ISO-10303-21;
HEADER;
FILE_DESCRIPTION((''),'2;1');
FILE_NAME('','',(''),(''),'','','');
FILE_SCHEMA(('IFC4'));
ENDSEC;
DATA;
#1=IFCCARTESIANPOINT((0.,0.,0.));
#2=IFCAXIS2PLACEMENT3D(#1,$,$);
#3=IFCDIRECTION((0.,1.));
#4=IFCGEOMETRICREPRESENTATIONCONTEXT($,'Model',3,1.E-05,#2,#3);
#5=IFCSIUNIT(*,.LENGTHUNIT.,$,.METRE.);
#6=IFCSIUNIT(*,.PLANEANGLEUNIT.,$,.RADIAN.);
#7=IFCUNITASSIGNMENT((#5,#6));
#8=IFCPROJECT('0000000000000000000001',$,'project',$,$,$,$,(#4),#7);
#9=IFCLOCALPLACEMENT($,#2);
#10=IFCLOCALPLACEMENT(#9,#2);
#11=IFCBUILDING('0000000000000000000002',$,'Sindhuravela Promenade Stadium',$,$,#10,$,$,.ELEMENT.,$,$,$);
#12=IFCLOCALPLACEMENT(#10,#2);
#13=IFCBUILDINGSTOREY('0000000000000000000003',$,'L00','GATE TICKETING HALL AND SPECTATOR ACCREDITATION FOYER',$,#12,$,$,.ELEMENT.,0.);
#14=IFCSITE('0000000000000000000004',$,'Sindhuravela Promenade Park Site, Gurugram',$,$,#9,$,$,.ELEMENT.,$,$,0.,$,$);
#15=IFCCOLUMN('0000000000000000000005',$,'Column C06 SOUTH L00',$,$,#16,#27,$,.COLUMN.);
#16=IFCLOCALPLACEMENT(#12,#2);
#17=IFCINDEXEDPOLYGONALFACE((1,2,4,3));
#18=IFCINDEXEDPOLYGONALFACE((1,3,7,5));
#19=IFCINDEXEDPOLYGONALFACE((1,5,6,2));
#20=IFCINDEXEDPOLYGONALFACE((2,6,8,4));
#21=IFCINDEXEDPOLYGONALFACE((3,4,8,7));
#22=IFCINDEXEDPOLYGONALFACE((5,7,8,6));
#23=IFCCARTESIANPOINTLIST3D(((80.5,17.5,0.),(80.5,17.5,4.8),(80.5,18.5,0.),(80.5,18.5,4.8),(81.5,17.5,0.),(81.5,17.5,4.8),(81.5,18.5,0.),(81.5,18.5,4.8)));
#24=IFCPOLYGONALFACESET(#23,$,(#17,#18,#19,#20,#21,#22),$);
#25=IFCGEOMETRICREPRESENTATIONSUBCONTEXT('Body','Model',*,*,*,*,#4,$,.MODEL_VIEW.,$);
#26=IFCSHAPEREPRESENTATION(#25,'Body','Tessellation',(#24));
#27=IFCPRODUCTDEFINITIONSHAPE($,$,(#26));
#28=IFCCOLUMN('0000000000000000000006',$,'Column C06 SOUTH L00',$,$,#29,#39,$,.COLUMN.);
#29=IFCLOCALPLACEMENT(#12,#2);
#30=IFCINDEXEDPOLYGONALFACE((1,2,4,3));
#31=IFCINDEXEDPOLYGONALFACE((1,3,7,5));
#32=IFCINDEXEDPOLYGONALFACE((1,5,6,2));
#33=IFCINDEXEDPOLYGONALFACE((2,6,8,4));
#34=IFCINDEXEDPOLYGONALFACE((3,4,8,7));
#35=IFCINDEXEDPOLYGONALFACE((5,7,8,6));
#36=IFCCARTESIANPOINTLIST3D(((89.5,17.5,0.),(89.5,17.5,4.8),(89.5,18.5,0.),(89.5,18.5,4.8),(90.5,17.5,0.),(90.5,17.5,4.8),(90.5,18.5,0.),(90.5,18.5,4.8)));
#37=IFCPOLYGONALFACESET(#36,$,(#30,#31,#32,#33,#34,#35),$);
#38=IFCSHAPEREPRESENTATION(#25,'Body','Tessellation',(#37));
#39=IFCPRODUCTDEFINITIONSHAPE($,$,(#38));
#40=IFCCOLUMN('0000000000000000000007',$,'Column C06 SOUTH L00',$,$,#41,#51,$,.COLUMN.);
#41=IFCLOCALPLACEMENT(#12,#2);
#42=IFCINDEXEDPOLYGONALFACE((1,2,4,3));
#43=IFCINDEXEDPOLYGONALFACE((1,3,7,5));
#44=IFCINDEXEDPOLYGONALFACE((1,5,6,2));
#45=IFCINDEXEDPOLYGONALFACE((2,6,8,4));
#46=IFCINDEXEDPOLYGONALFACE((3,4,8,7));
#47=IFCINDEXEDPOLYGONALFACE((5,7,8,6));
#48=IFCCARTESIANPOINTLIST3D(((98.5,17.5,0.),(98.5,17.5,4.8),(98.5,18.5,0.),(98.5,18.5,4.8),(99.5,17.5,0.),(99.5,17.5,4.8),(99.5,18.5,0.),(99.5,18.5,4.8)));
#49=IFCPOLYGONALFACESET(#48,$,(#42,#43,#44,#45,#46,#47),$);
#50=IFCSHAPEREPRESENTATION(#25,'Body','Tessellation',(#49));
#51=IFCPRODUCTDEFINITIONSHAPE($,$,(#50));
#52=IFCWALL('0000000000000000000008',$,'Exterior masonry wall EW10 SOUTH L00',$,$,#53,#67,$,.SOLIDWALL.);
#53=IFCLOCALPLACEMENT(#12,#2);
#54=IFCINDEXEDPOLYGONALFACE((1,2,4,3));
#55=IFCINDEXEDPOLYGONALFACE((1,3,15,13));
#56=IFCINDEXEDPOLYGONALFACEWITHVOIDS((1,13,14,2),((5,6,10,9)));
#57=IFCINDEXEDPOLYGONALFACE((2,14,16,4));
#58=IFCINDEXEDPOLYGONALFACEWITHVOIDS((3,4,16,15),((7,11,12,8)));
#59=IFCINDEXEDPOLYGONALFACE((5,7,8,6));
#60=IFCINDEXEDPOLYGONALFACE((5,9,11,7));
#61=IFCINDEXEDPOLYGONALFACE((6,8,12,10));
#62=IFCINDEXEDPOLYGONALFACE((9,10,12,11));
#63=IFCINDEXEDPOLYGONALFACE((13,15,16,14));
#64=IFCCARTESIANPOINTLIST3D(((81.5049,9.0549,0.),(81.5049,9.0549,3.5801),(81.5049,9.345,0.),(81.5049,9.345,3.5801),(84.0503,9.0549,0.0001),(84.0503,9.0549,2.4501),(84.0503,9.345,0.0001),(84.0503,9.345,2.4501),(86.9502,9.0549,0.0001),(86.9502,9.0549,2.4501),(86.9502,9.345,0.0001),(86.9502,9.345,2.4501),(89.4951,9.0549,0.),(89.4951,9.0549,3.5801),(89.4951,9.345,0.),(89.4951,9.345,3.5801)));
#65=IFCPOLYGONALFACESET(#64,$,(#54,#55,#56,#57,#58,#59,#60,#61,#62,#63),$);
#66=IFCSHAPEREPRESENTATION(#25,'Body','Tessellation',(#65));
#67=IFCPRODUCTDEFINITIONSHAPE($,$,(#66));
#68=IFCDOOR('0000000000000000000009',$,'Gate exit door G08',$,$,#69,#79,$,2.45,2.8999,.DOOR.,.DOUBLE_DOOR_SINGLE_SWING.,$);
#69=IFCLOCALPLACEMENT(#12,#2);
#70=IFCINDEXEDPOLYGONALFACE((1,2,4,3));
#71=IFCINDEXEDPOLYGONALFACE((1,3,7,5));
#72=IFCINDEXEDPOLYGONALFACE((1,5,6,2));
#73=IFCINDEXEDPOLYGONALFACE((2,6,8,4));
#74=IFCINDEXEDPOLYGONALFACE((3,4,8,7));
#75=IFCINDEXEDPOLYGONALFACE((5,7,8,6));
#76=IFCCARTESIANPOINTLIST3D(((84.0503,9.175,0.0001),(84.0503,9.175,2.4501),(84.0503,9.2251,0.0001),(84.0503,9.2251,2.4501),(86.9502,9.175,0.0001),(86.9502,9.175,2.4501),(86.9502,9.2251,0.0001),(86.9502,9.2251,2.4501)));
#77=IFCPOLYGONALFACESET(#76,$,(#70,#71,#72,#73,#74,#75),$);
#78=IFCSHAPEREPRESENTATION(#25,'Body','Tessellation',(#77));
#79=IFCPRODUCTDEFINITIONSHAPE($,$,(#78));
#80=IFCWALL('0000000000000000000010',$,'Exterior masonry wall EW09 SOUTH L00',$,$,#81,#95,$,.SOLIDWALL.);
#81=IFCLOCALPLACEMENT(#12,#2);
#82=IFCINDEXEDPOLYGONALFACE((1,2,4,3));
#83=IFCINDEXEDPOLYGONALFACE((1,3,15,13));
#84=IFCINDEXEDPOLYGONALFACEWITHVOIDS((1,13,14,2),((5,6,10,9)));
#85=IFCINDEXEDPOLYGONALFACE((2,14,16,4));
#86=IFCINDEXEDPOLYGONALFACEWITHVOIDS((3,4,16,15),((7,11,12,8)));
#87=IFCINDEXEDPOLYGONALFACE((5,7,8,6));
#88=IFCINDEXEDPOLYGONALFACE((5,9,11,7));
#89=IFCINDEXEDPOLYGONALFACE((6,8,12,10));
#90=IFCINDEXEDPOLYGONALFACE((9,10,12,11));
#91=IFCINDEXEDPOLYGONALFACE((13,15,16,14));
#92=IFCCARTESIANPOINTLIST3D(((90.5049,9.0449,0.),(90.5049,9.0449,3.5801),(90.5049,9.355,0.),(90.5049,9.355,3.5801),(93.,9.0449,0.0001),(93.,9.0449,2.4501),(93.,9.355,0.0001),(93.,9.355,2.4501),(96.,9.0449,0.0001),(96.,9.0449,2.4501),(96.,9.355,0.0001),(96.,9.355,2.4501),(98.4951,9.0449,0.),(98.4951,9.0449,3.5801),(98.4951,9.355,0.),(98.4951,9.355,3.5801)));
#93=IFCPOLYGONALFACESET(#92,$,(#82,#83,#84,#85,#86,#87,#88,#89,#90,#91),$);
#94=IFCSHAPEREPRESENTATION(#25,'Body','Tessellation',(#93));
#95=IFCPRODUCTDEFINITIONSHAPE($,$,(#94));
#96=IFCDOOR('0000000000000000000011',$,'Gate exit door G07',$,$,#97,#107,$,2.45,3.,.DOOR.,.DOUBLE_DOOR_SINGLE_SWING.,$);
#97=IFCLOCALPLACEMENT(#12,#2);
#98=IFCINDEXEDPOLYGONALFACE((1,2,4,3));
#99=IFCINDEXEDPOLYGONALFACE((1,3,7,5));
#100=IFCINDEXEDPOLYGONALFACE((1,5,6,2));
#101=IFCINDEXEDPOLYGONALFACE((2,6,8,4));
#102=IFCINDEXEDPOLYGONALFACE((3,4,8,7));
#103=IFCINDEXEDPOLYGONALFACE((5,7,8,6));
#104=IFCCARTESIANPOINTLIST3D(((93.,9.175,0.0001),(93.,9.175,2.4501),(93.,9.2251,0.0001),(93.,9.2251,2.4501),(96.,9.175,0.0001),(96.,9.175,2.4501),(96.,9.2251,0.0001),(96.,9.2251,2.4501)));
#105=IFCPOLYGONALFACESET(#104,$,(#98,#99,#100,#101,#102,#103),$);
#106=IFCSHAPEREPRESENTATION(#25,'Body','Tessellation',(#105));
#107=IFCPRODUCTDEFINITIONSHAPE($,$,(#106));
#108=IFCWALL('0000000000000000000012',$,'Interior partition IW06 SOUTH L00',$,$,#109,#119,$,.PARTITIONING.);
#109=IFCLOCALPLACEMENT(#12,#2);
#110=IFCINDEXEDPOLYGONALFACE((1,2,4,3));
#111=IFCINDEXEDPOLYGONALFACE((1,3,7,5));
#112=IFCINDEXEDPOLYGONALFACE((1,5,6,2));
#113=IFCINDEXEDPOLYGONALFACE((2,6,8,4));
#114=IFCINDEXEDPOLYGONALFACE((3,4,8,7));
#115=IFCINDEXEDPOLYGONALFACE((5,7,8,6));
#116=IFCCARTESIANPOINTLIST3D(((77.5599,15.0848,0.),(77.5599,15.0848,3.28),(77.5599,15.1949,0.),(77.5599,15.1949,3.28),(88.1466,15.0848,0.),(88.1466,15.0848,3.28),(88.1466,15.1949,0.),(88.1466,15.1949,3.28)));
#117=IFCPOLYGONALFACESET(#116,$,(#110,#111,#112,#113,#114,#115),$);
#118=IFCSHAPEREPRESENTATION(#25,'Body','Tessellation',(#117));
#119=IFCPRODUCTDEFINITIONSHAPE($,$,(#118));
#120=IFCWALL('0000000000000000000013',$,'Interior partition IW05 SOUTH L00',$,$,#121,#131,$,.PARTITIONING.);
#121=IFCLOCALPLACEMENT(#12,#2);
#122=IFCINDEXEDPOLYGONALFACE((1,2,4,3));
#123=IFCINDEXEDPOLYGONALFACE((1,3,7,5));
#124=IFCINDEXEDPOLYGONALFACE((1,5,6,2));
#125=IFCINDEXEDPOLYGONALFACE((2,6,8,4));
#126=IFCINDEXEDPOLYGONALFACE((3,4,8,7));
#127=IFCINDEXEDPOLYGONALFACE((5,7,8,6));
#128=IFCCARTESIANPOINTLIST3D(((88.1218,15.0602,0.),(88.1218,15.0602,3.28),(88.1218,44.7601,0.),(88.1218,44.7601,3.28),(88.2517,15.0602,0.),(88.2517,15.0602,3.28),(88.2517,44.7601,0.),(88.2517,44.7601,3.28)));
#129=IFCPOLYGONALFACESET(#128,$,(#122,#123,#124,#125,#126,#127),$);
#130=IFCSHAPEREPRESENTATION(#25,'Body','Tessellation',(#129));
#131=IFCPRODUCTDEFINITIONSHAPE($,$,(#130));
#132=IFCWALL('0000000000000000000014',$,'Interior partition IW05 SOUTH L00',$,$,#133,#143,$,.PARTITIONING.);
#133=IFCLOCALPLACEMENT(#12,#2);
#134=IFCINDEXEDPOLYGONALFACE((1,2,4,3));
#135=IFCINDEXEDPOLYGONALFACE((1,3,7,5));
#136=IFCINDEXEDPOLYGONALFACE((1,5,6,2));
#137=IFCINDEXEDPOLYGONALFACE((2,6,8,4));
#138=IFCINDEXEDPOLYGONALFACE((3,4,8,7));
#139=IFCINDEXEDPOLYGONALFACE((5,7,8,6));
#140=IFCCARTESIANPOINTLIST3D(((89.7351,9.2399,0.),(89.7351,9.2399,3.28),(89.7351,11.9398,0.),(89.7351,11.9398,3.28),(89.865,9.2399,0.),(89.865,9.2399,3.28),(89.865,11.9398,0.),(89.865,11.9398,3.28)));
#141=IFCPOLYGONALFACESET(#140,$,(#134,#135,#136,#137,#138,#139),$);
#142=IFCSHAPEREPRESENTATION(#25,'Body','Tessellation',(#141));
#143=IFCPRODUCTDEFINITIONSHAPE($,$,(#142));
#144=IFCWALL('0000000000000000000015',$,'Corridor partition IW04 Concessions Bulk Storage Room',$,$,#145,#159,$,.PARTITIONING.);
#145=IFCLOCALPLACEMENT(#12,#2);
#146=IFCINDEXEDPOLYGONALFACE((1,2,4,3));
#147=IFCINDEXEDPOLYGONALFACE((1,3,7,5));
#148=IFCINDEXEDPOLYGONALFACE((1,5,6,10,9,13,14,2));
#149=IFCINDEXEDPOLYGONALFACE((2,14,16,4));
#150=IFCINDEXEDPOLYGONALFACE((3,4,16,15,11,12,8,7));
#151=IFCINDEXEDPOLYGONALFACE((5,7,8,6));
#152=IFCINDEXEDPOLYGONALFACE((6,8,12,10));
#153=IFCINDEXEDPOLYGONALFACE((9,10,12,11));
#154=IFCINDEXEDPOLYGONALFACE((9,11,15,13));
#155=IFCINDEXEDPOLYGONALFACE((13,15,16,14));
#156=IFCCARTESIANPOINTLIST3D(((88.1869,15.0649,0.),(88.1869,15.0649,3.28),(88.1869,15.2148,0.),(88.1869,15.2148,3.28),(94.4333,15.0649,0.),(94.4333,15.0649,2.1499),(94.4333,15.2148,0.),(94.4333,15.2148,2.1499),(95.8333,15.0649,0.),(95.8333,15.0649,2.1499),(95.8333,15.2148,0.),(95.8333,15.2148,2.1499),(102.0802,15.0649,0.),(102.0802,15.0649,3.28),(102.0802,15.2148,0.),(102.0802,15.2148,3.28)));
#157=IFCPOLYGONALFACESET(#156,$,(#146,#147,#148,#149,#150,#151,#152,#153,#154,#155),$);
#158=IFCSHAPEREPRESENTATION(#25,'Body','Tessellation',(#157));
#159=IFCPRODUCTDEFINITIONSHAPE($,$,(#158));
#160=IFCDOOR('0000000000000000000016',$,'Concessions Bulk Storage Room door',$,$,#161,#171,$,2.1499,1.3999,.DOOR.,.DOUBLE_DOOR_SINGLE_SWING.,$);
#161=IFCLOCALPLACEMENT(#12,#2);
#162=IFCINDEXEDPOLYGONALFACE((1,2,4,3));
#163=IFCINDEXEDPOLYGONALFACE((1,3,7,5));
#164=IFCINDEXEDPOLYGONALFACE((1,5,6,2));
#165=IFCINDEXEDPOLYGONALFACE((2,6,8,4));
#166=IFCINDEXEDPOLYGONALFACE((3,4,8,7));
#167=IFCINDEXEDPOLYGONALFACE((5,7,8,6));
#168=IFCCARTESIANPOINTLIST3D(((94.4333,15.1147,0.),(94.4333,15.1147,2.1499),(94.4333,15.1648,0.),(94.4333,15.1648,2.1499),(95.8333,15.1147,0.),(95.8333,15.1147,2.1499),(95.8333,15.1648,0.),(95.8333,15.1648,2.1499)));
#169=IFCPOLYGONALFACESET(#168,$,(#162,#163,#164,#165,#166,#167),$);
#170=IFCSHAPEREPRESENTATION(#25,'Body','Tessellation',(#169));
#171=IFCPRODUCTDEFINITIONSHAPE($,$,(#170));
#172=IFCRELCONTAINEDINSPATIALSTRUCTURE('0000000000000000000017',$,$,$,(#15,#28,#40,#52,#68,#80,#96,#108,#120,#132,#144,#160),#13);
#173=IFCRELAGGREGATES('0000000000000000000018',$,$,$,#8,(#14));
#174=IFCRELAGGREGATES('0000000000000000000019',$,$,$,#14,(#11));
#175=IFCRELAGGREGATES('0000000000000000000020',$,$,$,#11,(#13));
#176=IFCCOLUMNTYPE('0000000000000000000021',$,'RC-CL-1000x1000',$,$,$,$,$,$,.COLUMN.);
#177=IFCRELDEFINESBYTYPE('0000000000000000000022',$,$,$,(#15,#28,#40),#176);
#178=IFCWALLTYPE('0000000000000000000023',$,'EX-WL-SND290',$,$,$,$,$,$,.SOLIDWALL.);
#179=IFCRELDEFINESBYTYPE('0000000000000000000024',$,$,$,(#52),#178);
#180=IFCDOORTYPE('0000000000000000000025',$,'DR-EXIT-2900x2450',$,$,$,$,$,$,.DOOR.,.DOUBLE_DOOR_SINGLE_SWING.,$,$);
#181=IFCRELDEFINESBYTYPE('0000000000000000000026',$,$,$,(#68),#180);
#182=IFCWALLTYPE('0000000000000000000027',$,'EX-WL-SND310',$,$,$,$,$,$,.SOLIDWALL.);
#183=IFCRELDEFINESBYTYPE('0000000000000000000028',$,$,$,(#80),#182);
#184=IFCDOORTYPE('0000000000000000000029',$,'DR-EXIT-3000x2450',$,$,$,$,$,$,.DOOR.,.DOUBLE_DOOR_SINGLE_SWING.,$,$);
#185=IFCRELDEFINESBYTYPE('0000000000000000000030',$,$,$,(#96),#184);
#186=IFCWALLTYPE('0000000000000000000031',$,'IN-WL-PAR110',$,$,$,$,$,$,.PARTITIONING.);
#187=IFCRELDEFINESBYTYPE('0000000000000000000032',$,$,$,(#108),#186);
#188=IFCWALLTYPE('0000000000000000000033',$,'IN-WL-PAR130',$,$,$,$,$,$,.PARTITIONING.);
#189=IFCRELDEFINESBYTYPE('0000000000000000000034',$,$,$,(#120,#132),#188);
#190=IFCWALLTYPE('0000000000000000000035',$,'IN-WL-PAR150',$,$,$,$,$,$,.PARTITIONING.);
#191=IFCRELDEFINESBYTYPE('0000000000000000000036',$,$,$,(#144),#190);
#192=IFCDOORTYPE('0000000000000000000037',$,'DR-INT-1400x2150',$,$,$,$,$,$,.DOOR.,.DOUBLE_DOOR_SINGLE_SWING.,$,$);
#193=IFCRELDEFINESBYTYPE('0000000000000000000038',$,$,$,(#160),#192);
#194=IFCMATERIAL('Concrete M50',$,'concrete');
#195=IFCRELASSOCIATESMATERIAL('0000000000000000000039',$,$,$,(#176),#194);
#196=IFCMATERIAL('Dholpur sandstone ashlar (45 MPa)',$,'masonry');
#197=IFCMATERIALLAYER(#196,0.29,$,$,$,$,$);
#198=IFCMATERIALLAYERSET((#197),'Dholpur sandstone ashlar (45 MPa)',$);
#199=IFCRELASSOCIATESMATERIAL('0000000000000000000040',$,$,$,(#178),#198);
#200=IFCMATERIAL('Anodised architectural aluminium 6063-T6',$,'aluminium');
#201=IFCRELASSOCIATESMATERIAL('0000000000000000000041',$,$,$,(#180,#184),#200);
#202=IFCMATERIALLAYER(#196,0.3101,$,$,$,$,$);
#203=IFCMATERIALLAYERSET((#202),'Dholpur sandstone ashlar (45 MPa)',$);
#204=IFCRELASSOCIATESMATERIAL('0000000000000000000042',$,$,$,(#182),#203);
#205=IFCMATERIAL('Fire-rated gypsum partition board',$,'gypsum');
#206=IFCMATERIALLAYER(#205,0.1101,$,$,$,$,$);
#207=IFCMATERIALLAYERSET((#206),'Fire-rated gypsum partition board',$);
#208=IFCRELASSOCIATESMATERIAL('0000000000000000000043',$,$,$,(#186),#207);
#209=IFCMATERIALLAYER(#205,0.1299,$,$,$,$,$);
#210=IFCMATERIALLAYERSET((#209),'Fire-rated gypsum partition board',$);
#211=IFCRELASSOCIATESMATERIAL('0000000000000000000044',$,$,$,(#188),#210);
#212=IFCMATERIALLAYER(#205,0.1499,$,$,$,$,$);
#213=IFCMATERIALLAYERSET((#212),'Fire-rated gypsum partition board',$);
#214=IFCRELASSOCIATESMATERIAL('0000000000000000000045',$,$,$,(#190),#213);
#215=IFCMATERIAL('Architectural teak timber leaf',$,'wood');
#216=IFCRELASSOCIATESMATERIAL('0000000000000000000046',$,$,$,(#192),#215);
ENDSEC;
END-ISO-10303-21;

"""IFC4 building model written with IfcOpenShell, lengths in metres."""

from ifc_helpers import new_model, si_unit, direction, frame, frame_2d, origin, origin_2d, place, context, subcontext, project, spatial, rectangle, extrude, material, layer, layer_set, material_profile, profile_set, type_object, element, fill, save


model = new_model("IFC4")

# Units and contexts
model_context = context("Model", 3, precision=1e-05, world=origin(), true_north=direction((0.0, 1.0)))
body_context = subcontext(model_context, "Body", "Model", "MODEL_VIEW")
ifc_project = project(units=[si_unit("LENGTHUNIT", "METRE"), si_unit("PLANEANGLEUNIT", "RADIAN")], contexts=[model_context])

# Site, building, storey
site_placement = place(None, origin())
site = spatial("IfcSite", under=ifc_project, at=site_placement, Name="Sindhuravela Promenade Park Site, Gurugram", CompositionType="ELEMENT", RefElevation=0.0)
building_placement = place(site_placement, origin())
building = spatial("IfcBuilding", under=site, at=building_placement, Name="Sindhuravela Promenade Stadium", CompositionType="ELEMENT")
storey_placement = place(building_placement, origin())
storey = spatial("IfcBuildingStorey", under=building, at=storey_placement, Name="L00", Description="GATE TICKETING HALL AND SPECTATOR ACCREDITATION FOYER", CompositionType="ELEMENT", Elevation=0.0)

# Shared definitions
ifc_material_1 = material(Name="Concrete M50", Category="concrete")

# Columns
ifc_material_profile_1 = material_profile(ifc_material_1, rectangle(XDim=1.0, YDim=1.0, at=origin_2d()), Name="RC 1000x1000")
ifc_profile_set_1 = profile_set([ifc_material_profile_1], Name="Concrete M50")
column_type = type_object("IfcColumnType", Name="RC-CL-1000x1000", PredefinedType="COLUMN", material=ifc_profile_set_1)
for number, where, z_axis, x_axis, name in (
    (1, (81.0, 18.0, 0.0), (0.0, 0.0, 1.0), (1.0, 0.0, 0.0), "Column C06 SOUTH L00"),
    (2, (90.0, 18.0, 0.0), (0.0, 0.0, 1.0), (1.0, 0.0, 0.0), "Column C06 SOUTH L00"),
    (3, (99.0, 18.0, 0.0), (0.0, 0.0, 1.0), (1.0, 0.0, 0.0), "Column C06 SOUTH L00"),
):
    element("IfcColumn", number, at=place(storey_placement, frame(where, z_axis=z_axis, x_axis=x_axis)), inside=storey, type_object=column_type, Name=name, PredefinedType="COLUMN", context=body_context, shape_type="SweptSolid", body=[
        extrude(rectangle(XDim=1.0, YDim=1.0, at=origin_2d()), origin(), (0.0, 0.0, 1.0), 4.8),
    ])

# Walls, openings, doors
ifc_material_2 = material(Name="Dholpur sandstone ashlar (45 MPa)", Category="masonry")
ifc_layer_1 = layer(ifc_material_2, 0.29)
ifc_layer_set_1 = layer_set([ifc_layer_1], Name="Dholpur sandstone ashlar (45 MPa)")
wall_type_1 = type_object("IfcWallType", Name="EX-WL-SND290", PredefinedType="SOLIDWALL", material=ifc_layer_set_1)
wall_1_placement = place(storey_placement, frame((89.4951, 9.2, 0.0), z_axis=(0.0, 0.0, 1.0), x_axis=(-1.0, 0.0, 0.0)))
wall_1 = element("IfcWall", 4, at=wall_1_placement, inside=storey, type_object=wall_type_1, Name="Exterior masonry wall EW10 SOUTH L00", PredefinedType="SOLIDWALL", context=body_context, shape_type="SweptSolid", body=[
    extrude(rectangle(XDim=7.9902, YDim=0.29, at=frame_2d((3.9951, 0.0))), origin(), (0.0, 0.0, 1.0), 3.5801),
])
opening_1_placement = place(wall_1_placement, frame((2.5449, 0.0, 0.0)))
opening_1 = element("IfcOpeningElement", 5, at=opening_1_placement, cuts=wall_1, PredefinedType="OPENING", context=body_context, shape_type="SweptSolid", body=[
    extrude(rectangle(XDim=2.8999, YDim=2.45, at=frame_2d((1.45, 1.2251))), frame((0.0, 0.155, 0.0), z_axis=(0.0, -1.0, 0.0), x_axis=(1.0, 0.0, 0.0)), (0.0, 0.0, 1.0), 0.3101),
])
ifc_material_3 = material(Name="Anodised architectural aluminium 6063-T6", Category="aluminium")
door_type_1 = type_object("IfcDoorType", Name="DR-EXIT-2900x2450", OperationType="DOUBLE_DOOR_SINGLE_SWING", PredefinedType="DOOR", material=ifc_material_3)
door_1_placement = place(opening_1_placement, origin())
door_1 = element("IfcDoor", 6, at=door_1_placement, inside=storey, type_object=door_type_1, Name="Gate exit door G08", OperationType="DOUBLE_DOOR_SINGLE_SWING", OverallHeight=2.45, OverallWidth=2.8999, PredefinedType="DOOR", context=body_context, shape_type="SweptSolid", body=[
    extrude(rectangle(XDim=2.8999, YDim=2.45, at=frame_2d((1.45, 1.2251))), frame((0.0, 0.0249, 0.0), z_axis=(0.0, -1.0, 0.0), x_axis=(1.0, 0.0, 0.0)), (0.0, 0.0, 1.0), 0.05),
])
fill(opening_1, door_1)
ifc_layer_2 = layer(ifc_material_2, 0.3101)
ifc_layer_set_2 = layer_set([ifc_layer_2], Name="Dholpur sandstone ashlar (45 MPa)")
wall_type_2 = type_object("IfcWallType", Name="EX-WL-SND310", PredefinedType="SOLIDWALL", material=ifc_layer_set_2)
wall_2_placement = place(storey_placement, frame((98.4951, 9.2, 0.0), z_axis=(0.0, 0.0, 1.0), x_axis=(-1.0, 0.0, 0.0)))
wall_2 = element("IfcWall", 7, at=wall_2_placement, inside=storey, type_object=wall_type_2, Name="Exterior masonry wall EW09 SOUTH L00", PredefinedType="SOLIDWALL", context=body_context, shape_type="SweptSolid", body=[
    extrude(rectangle(XDim=7.9902, YDim=0.3101, at=frame_2d((3.9951, 0.0))), origin(), (0.0, 0.0, 1.0), 3.5801),
])
opening_2_placement = place(wall_2_placement, frame((2.4951, 0.0, 0.0)))
opening_2 = element("IfcOpeningElement", 8, at=opening_2_placement, cuts=wall_2, PredefinedType="OPENING", context=body_context, shape_type="SweptSolid", body=[
    extrude(rectangle(XDim=3.0, YDim=2.45, at=frame_2d((1.5, 1.2251))), frame((0.0, 0.165, 0.0), z_axis=(0.0, -1.0, 0.0), x_axis=(1.0, 0.0, 0.0)), (0.0, 0.0, 1.0), 0.3301),
])
door_type_2 = type_object("IfcDoorType", Name="DR-EXIT-3000x2450", OperationType="DOUBLE_DOOR_SINGLE_SWING", PredefinedType="DOOR", material=ifc_material_3)
door_2_placement = place(opening_2_placement, origin())
door_2 = element("IfcDoor", 9, at=door_2_placement, inside=storey, type_object=door_type_2, Name="Gate exit door G07", OperationType="DOUBLE_DOOR_SINGLE_SWING", OverallHeight=2.45, OverallWidth=3.0, PredefinedType="DOOR", context=body_context, shape_type="SweptSolid", body=[
    extrude(rectangle(XDim=3.0, YDim=2.45, at=frame_2d((1.5, 1.2251))), frame((0.0, 0.0249, 0.0), z_axis=(0.0, -1.0, 0.0), x_axis=(1.0, 0.0, 0.0)), (0.0, 0.0, 1.0), 0.05),
])
fill(opening_2, door_2)

# Walls
ifc_material_4 = material(Name="Fire-rated gypsum partition board", Category="gypsum")
ifc_layer_3 = layer(ifc_material_4, 0.1101)
ifc_layer_set_3 = layer_set([ifc_layer_3], Name="Fire-rated gypsum partition board")
wall_type_3 = type_object("IfcWallType", Name="IN-WL-PAR110", PredefinedType="PARTITIONING", material=ifc_layer_set_3)
wall_3_placement = place(storey_placement, frame((88.1467, 15.1399, 0.0), z_axis=(0.0, 0.0, 1.0), x_axis=(-1.0, 0.0, 0.0)))
element("IfcWall", 10, at=wall_3_placement, inside=storey, type_object=wall_type_3, Name="Interior partition IW06 SOUTH L00", PredefinedType="PARTITIONING", context=body_context, shape_type="SweptSolid", body=[
    extrude(rectangle(XDim=10.5867, YDim=0.1101, at=frame_2d((5.2935, 0.0))), origin(), (0.0, 0.0, 1.0), 3.28),
])
ifc_layer_4 = layer(ifc_material_4, 0.1299)
ifc_layer_set_4 = layer_set([ifc_layer_4], Name="Fire-rated gypsum partition board")
wall_type_4 = type_object("IfcWallType", Name="IN-WL-PAR130", PredefinedType="PARTITIONING", material=ifc_layer_set_4)
wall_4_placement = place(storey_placement, frame((88.1868, 15.0601, 0.0), z_axis=(0.0, 0.0, 1.0), x_axis=(0.0, 1.0, 0.0)))
element("IfcWall", 11, at=wall_4_placement, inside=storey, type_object=wall_type_4, Name="Interior partition IW05 SOUTH L00", PredefinedType="PARTITIONING", context=body_context, shape_type="SweptSolid", body=[
    extrude(rectangle(XDim=29.7, YDim=0.1299, at=frame_2d((14.8501, 0.0))), origin(), (0.0, 0.0, 1.0), 3.28),
])
wall_5_placement = place(storey_placement, frame((89.8, 11.9399, 0.0), z_axis=(0.0, 0.0, 1.0), x_axis=(0.0, -1.0, 0.0)))
element("IfcWall", 12, at=wall_5_placement, inside=storey, type_object=wall_type_4, Name="Interior partition IW05 SOUTH L00", PredefinedType="PARTITIONING", context=body_context, shape_type="SweptSolid", body=[
    extrude(rectangle(XDim=2.7, YDim=0.1299, at=frame_2d((1.3501, 0.0))), origin(), (0.0, 0.0, 1.0), 3.28),
])

# Wall, opening, door
ifc_layer_5 = layer(ifc_material_4, 0.1499)
ifc_layer_set_5 = layer_set([ifc_layer_5], Name="Fire-rated gypsum partition board")
wall_type_5 = type_object("IfcWallType", Name="IN-WL-PAR150", PredefinedType="PARTITIONING", material=ifc_layer_set_5)
wall_6_placement = place(storey_placement, frame((88.1868, 15.1399, 0.0), z_axis=(0.0, 0.0, 1.0), x_axis=(1.0, 0.0, 0.0)))
wall_6 = element("IfcWall", 13, at=wall_6_placement, inside=storey, type_object=wall_type_5, Name="Corridor partition IW04 Concessions Bulk Storage Room", PredefinedType="PARTITIONING", context=body_context, shape_type="SweptSolid", body=[
    extrude(rectangle(XDim=13.8933, YDim=0.1499, at=frame_2d((6.9468, 0.0))), origin(), (0.0, 0.0, 1.0), 3.28),
])
opening_3_placement = place(wall_6_placement, frame((6.2466, 0.0, 0.0)))
opening_3 = element("IfcOpeningElement", 14, at=opening_3_placement, cuts=wall_6, PredefinedType="OPENING", context=body_context, shape_type="SweptSolid", body=[
    extrude(rectangle(XDim=1.3999, YDim=2.1499, at=frame_2d((0.7, 1.075))), frame((0.0, 0.085, 0.0), z_axis=(0.0, -1.0, 0.0), x_axis=(1.0, 0.0, 0.0)), (0.0, 0.0, 1.0), 0.1699),
])
ifc_material_5 = material(Name="Architectural teak timber leaf", Category="wood")
door_type_3 = type_object("IfcDoorType", Name="DR-INT-1400x2150", OperationType="DOUBLE_DOOR_SINGLE_SWING", PredefinedType="DOOR", material=ifc_material_5)
door_3_placement = place(opening_3_placement, origin())
door_3 = element("IfcDoor", 15, at=door_3_placement, inside=storey, type_object=door_type_3, Name="Concessions Bulk Storage Room door", OperationType="DOUBLE_DOOR_SINGLE_SWING", OverallHeight=2.1499, OverallWidth=1.3999, PredefinedType="DOOR", context=body_context, shape_type="SweptSolid", body=[
    extrude(rectangle(XDim=1.3999, YDim=2.1499, at=frame_2d((0.7, 1.075))), frame((0.0, 0.0249, 0.0), z_axis=(0.0, -1.0, 0.0), x_axis=(1.0, 0.0, 0.0)), (0.0, 0.0, 1.0), 0.05),
])
fill(opening_3, door_3)

save(model, "model.ifc")
